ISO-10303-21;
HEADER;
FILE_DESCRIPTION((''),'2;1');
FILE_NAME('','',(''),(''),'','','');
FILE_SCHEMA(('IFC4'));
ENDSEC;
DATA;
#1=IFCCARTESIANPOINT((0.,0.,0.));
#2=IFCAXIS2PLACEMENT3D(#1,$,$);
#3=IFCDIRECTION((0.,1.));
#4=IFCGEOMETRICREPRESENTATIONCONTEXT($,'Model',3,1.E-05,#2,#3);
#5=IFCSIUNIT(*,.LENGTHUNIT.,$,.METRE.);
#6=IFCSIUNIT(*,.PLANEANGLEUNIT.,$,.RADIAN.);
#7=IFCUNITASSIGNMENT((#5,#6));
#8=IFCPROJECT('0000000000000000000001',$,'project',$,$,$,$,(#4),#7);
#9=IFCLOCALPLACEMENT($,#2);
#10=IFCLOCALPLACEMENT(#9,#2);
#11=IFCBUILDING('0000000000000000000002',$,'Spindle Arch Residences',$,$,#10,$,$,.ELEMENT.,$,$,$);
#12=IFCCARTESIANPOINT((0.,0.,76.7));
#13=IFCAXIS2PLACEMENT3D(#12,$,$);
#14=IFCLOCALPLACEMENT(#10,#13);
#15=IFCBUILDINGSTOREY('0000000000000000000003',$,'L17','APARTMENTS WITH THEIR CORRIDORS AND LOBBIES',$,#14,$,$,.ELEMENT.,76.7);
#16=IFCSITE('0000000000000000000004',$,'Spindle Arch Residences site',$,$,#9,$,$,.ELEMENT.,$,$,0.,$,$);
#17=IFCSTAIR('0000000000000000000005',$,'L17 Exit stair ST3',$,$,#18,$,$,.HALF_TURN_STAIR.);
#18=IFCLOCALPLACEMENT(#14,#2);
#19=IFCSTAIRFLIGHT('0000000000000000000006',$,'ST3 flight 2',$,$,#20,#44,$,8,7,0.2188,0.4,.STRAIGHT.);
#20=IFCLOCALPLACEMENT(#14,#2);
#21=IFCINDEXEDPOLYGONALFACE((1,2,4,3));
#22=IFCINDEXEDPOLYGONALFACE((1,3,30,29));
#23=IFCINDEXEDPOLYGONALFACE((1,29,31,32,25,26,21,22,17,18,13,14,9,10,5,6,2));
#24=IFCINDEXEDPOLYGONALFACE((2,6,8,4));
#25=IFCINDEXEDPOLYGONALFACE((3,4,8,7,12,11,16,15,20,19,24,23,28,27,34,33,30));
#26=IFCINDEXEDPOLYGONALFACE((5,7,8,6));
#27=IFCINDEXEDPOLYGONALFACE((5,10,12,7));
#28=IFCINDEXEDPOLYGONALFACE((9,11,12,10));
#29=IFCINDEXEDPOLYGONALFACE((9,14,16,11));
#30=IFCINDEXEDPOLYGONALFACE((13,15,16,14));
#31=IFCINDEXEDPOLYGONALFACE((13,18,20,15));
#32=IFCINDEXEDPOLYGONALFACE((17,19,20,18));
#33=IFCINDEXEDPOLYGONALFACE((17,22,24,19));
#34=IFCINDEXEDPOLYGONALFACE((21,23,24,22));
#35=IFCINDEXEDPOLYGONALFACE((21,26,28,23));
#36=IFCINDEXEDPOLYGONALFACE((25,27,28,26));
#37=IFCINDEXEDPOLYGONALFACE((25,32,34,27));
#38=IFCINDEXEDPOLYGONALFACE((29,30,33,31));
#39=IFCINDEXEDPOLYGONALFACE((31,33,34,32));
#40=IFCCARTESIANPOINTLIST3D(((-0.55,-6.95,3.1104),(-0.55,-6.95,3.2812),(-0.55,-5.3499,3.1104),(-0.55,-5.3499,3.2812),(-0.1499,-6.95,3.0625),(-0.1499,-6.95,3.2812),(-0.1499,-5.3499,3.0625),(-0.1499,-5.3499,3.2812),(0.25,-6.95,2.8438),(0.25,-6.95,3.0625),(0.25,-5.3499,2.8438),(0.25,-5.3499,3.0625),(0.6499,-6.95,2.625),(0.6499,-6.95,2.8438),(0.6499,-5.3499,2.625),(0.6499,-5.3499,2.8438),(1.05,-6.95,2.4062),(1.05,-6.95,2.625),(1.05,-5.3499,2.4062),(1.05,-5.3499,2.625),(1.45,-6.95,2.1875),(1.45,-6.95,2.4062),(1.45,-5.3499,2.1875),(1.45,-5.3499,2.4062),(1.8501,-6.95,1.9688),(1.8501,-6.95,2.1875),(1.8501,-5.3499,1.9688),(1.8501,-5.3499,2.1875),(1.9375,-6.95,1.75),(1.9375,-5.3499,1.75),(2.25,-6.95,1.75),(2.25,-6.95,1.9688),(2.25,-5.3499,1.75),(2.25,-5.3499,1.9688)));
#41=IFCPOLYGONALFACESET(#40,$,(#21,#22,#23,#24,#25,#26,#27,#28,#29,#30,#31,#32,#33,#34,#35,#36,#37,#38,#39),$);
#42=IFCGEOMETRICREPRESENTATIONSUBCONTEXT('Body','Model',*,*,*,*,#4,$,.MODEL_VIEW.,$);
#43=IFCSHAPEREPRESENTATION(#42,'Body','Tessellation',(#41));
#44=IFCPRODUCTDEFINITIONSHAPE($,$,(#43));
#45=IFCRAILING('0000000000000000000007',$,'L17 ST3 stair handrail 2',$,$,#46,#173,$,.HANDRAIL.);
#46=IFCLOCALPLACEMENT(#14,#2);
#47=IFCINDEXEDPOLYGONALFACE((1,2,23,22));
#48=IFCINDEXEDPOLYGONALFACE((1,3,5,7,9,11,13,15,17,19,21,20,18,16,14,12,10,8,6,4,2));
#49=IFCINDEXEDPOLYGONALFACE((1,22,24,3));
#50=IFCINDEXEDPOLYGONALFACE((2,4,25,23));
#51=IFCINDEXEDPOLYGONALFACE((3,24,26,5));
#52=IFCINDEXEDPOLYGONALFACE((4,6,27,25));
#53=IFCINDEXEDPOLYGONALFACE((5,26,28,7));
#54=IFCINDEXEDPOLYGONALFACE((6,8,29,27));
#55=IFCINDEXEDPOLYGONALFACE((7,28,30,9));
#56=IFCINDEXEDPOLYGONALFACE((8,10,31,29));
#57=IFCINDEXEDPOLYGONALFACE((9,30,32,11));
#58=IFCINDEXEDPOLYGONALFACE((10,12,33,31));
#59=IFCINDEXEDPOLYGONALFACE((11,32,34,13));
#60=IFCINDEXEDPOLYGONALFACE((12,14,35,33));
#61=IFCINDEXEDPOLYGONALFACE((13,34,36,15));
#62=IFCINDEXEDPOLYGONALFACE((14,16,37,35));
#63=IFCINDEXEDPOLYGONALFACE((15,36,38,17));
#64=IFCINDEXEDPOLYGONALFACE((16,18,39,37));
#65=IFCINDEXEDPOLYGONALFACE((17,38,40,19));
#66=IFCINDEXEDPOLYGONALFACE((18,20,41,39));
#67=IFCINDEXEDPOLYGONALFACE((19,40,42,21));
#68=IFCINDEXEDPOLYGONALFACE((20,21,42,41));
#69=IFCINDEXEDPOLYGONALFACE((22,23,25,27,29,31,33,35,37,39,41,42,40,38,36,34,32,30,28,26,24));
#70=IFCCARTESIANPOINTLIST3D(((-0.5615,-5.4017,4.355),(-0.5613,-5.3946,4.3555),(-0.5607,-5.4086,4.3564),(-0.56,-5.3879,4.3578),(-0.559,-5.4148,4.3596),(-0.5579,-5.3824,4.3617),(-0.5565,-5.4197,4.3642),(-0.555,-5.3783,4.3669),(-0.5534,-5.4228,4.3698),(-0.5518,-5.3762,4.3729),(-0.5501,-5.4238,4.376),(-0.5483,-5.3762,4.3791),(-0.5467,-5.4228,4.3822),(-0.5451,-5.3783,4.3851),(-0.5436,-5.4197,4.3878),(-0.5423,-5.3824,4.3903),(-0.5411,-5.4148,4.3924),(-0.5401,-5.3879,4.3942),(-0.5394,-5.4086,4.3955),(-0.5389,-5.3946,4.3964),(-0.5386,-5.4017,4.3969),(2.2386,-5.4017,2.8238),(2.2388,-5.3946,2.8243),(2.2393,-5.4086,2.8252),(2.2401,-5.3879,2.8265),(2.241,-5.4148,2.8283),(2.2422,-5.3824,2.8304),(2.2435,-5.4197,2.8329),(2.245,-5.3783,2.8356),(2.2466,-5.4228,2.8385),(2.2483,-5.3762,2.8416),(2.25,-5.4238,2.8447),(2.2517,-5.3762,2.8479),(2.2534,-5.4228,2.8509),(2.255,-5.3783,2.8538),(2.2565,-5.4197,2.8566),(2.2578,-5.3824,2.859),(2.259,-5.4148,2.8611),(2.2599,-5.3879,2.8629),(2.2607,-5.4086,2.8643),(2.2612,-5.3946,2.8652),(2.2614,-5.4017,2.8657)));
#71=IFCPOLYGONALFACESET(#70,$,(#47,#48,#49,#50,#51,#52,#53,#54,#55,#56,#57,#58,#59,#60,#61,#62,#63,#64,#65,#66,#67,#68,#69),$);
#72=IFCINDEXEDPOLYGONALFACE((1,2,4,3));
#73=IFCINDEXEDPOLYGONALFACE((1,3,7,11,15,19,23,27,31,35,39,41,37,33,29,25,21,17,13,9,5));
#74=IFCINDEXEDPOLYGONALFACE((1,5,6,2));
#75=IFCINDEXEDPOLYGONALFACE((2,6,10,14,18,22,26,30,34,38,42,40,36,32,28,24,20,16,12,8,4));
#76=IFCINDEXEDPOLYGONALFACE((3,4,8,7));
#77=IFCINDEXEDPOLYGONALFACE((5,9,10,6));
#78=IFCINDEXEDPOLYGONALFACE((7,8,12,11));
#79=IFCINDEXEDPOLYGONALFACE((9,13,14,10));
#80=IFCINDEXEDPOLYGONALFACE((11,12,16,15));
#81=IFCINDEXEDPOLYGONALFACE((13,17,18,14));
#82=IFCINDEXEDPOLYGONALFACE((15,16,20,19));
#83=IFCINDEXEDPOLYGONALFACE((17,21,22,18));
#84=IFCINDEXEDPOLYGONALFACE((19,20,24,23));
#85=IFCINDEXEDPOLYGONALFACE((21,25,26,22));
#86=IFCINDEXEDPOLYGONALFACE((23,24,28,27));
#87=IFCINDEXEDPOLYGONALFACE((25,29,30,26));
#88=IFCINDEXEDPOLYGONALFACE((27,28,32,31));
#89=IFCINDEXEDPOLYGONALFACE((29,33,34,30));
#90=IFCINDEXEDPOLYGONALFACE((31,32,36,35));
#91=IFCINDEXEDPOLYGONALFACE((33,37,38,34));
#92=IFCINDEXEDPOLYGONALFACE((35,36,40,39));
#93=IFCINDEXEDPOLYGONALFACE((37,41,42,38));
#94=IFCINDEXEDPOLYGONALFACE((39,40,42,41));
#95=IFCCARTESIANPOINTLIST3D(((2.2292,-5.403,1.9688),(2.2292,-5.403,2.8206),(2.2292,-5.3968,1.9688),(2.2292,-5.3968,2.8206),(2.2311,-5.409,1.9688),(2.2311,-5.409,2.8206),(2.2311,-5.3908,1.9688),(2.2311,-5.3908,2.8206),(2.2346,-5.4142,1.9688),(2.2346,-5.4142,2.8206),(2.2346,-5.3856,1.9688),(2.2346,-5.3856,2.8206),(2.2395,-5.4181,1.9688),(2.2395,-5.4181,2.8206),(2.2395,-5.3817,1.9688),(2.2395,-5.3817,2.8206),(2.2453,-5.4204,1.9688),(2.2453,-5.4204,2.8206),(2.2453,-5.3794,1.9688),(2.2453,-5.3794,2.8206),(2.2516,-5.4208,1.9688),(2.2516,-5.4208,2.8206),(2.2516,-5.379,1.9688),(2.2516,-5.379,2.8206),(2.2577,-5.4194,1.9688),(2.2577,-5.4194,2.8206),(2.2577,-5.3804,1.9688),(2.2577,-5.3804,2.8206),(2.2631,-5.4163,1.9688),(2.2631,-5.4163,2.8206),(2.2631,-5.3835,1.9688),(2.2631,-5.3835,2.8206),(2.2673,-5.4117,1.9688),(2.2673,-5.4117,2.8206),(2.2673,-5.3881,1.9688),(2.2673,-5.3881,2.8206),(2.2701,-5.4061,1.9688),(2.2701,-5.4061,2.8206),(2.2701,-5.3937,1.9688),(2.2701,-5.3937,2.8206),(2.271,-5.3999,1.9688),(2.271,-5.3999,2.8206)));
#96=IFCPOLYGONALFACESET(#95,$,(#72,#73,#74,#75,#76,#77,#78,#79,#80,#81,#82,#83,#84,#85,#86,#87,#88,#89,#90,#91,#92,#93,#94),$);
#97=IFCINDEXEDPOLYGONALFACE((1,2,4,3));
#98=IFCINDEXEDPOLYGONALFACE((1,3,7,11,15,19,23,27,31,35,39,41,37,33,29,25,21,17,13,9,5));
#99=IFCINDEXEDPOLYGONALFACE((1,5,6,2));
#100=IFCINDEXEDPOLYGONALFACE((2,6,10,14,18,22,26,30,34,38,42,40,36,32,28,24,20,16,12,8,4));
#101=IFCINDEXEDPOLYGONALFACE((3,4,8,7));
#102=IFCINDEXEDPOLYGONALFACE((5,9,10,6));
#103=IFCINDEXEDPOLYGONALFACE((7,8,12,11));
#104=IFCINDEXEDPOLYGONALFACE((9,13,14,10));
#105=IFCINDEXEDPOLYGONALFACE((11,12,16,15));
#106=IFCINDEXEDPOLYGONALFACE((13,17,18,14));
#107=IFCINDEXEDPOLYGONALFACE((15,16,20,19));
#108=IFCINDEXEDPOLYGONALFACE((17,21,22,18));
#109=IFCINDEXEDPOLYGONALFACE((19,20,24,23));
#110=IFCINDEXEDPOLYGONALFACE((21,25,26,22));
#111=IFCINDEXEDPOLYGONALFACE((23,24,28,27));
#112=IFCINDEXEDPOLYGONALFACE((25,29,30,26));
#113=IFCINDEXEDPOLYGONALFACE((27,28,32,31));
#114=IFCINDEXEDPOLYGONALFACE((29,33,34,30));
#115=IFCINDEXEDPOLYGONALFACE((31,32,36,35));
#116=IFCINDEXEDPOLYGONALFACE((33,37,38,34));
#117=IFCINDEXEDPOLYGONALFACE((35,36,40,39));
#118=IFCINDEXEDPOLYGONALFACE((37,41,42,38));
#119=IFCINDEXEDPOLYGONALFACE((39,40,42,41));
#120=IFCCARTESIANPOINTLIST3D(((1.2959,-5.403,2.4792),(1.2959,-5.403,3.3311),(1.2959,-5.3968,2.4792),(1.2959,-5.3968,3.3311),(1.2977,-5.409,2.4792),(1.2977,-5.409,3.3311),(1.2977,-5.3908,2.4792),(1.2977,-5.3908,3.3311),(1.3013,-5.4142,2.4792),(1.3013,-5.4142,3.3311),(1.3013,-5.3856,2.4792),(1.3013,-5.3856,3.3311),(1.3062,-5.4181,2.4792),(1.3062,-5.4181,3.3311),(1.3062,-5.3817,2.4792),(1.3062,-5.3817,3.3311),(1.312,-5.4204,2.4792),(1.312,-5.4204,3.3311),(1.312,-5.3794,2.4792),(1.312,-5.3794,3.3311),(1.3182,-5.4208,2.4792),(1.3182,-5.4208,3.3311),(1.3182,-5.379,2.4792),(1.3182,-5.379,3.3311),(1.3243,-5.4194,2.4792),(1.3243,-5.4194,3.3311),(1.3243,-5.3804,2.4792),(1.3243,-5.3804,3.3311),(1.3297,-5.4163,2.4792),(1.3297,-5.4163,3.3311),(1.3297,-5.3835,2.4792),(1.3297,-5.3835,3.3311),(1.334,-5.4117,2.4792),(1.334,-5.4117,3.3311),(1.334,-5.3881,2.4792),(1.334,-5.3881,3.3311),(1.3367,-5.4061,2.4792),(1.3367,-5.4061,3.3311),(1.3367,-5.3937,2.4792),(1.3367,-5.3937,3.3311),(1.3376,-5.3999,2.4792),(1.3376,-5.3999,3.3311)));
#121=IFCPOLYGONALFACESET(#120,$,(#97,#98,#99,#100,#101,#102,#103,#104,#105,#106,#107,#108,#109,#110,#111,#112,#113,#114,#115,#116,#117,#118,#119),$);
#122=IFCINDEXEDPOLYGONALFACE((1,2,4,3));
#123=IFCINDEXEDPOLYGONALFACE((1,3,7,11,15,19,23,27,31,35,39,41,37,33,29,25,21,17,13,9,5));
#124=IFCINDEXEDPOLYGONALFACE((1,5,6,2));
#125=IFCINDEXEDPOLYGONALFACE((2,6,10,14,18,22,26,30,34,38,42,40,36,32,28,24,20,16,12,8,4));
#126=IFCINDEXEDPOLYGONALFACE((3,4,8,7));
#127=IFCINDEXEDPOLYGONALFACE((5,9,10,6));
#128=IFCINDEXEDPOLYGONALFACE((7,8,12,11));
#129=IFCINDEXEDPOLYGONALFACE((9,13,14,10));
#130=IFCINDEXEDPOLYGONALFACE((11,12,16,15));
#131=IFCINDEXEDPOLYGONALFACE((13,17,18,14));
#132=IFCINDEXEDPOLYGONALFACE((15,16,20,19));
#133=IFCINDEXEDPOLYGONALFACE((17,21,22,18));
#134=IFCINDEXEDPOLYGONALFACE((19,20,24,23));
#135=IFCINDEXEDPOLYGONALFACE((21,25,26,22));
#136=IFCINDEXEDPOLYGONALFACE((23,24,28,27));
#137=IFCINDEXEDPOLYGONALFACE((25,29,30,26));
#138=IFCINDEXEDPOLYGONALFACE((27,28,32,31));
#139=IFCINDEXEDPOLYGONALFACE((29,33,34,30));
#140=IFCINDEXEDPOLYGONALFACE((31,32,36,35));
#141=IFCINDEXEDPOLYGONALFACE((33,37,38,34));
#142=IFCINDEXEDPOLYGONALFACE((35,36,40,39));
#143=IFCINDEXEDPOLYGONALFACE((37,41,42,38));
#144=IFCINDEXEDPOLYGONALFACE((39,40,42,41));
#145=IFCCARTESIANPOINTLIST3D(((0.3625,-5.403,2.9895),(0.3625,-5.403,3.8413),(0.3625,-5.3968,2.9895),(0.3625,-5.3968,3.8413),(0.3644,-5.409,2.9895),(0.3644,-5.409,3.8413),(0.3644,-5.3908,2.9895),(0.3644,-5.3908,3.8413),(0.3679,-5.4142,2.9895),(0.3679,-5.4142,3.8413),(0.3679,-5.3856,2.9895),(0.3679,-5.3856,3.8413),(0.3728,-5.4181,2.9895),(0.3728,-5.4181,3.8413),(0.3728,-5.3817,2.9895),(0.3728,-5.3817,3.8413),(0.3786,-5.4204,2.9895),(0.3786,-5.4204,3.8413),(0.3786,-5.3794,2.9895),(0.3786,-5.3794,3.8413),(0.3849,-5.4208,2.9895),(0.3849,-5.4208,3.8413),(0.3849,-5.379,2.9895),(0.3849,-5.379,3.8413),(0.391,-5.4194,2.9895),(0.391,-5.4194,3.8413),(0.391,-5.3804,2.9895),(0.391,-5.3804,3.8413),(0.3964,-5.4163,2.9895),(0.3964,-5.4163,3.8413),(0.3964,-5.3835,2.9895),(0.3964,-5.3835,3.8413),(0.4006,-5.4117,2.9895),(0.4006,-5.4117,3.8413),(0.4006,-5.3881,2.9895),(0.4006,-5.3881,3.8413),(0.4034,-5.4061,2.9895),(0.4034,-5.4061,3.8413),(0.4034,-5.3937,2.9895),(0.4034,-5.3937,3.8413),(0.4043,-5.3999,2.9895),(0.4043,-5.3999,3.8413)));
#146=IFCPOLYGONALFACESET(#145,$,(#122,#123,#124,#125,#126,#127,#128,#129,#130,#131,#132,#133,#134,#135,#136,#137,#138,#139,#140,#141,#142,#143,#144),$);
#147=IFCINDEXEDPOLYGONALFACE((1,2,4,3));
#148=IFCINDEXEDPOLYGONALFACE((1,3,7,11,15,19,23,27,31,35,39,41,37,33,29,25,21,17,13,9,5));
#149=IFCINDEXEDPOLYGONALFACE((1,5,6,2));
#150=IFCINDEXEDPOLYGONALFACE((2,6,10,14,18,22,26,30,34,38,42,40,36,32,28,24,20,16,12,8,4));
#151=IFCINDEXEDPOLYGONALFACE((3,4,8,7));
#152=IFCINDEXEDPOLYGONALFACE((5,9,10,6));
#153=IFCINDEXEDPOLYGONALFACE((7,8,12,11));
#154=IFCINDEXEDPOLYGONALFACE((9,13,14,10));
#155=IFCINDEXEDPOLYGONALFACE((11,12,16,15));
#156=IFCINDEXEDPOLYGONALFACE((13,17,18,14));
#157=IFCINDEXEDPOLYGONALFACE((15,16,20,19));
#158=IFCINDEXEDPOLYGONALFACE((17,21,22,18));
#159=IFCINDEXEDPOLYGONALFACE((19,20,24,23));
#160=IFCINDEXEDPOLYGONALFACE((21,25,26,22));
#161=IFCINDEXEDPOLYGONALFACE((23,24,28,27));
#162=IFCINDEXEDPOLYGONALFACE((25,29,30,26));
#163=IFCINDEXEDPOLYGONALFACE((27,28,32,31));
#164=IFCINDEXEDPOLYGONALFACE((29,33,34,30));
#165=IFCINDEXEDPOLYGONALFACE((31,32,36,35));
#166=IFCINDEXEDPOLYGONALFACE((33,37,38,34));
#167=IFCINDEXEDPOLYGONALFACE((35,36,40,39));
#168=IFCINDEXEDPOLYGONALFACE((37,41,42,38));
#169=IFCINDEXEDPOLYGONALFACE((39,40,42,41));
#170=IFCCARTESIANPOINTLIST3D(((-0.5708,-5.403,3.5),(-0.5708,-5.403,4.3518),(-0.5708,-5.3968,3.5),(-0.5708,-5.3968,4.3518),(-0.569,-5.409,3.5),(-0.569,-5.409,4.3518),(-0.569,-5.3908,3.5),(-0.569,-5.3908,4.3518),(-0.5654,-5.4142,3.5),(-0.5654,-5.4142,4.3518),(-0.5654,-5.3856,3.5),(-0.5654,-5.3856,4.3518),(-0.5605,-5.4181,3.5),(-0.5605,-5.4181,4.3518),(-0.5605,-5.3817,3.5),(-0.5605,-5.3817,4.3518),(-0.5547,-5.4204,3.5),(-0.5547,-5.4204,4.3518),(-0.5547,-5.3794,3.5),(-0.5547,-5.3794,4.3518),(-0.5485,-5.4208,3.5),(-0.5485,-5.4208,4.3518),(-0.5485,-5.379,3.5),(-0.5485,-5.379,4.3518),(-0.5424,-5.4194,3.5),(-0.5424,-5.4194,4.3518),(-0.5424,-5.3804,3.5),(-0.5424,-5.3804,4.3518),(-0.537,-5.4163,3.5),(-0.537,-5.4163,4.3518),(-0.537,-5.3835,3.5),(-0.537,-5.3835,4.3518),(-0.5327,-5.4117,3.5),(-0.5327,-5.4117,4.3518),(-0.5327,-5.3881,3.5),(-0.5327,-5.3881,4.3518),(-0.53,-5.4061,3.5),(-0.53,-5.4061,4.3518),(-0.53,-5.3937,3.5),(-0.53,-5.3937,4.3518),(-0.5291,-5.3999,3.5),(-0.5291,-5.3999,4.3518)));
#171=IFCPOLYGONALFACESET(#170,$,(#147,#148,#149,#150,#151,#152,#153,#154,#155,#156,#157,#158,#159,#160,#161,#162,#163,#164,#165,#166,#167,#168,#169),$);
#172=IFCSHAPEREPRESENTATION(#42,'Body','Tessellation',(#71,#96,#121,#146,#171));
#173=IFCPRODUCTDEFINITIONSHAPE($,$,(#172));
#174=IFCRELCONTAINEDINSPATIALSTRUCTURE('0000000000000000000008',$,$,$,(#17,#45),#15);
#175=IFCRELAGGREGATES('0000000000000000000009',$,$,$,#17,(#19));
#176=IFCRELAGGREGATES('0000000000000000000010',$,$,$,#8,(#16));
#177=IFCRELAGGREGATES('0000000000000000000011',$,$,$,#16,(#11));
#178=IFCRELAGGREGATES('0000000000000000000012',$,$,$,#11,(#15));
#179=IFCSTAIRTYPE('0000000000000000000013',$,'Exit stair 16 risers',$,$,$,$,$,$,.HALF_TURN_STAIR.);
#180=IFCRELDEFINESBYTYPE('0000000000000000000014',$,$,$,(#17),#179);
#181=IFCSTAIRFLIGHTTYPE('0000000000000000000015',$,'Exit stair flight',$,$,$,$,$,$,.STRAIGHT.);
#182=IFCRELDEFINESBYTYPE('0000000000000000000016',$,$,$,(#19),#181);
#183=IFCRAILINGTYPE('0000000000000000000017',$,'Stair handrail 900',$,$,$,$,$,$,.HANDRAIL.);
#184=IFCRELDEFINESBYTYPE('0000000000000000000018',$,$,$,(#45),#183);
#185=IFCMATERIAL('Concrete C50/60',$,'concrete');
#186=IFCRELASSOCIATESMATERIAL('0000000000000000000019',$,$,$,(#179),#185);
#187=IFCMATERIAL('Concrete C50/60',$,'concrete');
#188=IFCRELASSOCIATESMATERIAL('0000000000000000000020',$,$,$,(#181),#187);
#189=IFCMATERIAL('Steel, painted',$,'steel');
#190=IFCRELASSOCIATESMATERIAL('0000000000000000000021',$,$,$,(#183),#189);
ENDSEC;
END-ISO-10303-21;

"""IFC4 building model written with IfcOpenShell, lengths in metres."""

from ifc_helpers import new_model, si_unit, direction, frame, origin, origin_2d, place, context, subcontext, project, spatial, polyline, circle, outline, extrude, material, type_object, element, aggregate, save


model = new_model("IFC4")

# Units and contexts
model_context = context("Model", 3, precision=1e-05, world=origin(), true_north=direction((0.0, 1.0)))
body_context = subcontext(model_context, "Body", "Model", "MODEL_VIEW")
ifc_project = project(units=[si_unit("LENGTHUNIT", "METRE"), si_unit("PLANEANGLEUNIT", "RADIAN")], contexts=[model_context])

# Site, building, storey
site_placement = place(None, origin())
site = spatial("IfcSite", under=ifc_project, at=site_placement, Name="Spindle Arch Residences site", CompositionType="ELEMENT", RefElevation=0.0)
building_placement = place(site_placement, origin())
building = spatial("IfcBuilding", under=site, at=building_placement, Name="Spindle Arch Residences", CompositionType="ELEMENT")
storey_placement = place(building_placement, frame((0.0, 0.0, 76.7)))
storey = spatial("IfcBuildingStorey", under=building, at=storey_placement, Name="L17", Description="APARTMENTS WITH THEIR CORRIDORS AND LOBBIES", CompositionType="ELEMENT", Elevation=76.7)

# Stair, stair flight
ifc_material_1 = material(Name="Concrete C50/60", Category="concrete")
stair_type = type_object("IfcStairType", Name="Exit stair 16 risers", PredefinedType="HALF_TURN_STAIR", material=ifc_material_1)
stair_placement = place(storey_placement, origin())
stair = element("IfcStair", 1, at=stair_placement, inside=storey, type_object=stair_type, Name="L17 Exit stair ST3", PredefinedType="HALF_TURN_STAIR")
ifc_material_2 = material(Name="Concrete C50/60", Category="concrete")
stair_flight_type = type_object("IfcStairFlightType", Name="Exit stair flight", PredefinedType="STRAIGHT", material=ifc_material_2)
stair_flight_placement = place(storey_placement, frame((2.25, -6.1499, 1.75), z_axis=(0.0, 0.0, 1.0), x_axis=(-1.0, 0.0, 0.0)))
stair_flight = element("IfcStairFlight", 2, at=stair_flight_placement, type_object=stair_flight_type, Name="ST3 flight 2", NumberOfRisers=8, NumberOfTreads=7, PredefinedType="STRAIGHT", RiserHeight=0.2188, TreadLength=0.4, context=body_context, shape_type="SweptSolid", body=[
    extrude(outline(polyline([(0.0, 0.0), (0.0, 0.2188), (0.3999, 0.2188), (0.3999, 0.4375), (0.8, 0.4375), (0.8, 0.6562), (1.2, 0.6562), (1.2, 0.875), (1.6001, 0.875), (1.6001, 1.0938), (2.0, 1.0938), (2.0, 1.3125), (2.3999, 1.3125), (2.3999, 1.5312), (2.8, 1.5312), (2.8, 1.75), (2.8, 1.3604), (0.3125, 0.0), (0.0, 0.0)])), frame((0.0, 0.8, 0.0), z_axis=(0.0, -1.0, 0.0), x_axis=(1.0, 0.0, 0.0)), (0.0, 0.0, 1.0), 1.6001),
])
aggregate(stair, [stair_flight])

# Railing
ifc_material_3 = material(Name="Steel, painted", Category="steel")
railing_type = type_object("IfcRailingType", Name="Stair handrail 900", PredefinedType="HANDRAIL", material=ifc_material_3)
railing_placement = place(storey_placement, frame((2.25, -5.3999, 1.9688)))
element("IfcRailing", 3, at=railing_placement, inside=storey, type_object=railing_type, Name="L17 ST3 stair handrail 2", PredefinedType="HANDRAIL", context=body_context, shape_type="SweptSolid", body=[
    extrude(circle(Radius=0.0239, at=origin_2d()), frame((0.0, 0.0, 0.876), z_axis=(-0.877375, 0.0, 0.479806), x_axis=(0.0, -1.0, 0.0)), (0.0, 0.0, 1.0), 3.1914),
    extrude(circle(Radius=0.021, at=origin_2d()), origin(), (0.0, 0.0, 1.0), 0.8518),
    extrude(circle(Radius=0.021, at=origin_2d()), frame((-0.9333, 0.0, 0.5105)), (0.0, 0.0, 1.0), 0.8518),
    extrude(circle(Radius=0.021, at=origin_2d()), frame((-1.8667, 0.0, 1.0208)), (0.0, 0.0, 1.0), 0.8518),
    extrude(circle(Radius=0.021, at=origin_2d()), frame((-2.8, 0.0, 1.5312)), (0.0, 0.0, 1.0), 0.8518),
])

save(model, "model.ifc")
